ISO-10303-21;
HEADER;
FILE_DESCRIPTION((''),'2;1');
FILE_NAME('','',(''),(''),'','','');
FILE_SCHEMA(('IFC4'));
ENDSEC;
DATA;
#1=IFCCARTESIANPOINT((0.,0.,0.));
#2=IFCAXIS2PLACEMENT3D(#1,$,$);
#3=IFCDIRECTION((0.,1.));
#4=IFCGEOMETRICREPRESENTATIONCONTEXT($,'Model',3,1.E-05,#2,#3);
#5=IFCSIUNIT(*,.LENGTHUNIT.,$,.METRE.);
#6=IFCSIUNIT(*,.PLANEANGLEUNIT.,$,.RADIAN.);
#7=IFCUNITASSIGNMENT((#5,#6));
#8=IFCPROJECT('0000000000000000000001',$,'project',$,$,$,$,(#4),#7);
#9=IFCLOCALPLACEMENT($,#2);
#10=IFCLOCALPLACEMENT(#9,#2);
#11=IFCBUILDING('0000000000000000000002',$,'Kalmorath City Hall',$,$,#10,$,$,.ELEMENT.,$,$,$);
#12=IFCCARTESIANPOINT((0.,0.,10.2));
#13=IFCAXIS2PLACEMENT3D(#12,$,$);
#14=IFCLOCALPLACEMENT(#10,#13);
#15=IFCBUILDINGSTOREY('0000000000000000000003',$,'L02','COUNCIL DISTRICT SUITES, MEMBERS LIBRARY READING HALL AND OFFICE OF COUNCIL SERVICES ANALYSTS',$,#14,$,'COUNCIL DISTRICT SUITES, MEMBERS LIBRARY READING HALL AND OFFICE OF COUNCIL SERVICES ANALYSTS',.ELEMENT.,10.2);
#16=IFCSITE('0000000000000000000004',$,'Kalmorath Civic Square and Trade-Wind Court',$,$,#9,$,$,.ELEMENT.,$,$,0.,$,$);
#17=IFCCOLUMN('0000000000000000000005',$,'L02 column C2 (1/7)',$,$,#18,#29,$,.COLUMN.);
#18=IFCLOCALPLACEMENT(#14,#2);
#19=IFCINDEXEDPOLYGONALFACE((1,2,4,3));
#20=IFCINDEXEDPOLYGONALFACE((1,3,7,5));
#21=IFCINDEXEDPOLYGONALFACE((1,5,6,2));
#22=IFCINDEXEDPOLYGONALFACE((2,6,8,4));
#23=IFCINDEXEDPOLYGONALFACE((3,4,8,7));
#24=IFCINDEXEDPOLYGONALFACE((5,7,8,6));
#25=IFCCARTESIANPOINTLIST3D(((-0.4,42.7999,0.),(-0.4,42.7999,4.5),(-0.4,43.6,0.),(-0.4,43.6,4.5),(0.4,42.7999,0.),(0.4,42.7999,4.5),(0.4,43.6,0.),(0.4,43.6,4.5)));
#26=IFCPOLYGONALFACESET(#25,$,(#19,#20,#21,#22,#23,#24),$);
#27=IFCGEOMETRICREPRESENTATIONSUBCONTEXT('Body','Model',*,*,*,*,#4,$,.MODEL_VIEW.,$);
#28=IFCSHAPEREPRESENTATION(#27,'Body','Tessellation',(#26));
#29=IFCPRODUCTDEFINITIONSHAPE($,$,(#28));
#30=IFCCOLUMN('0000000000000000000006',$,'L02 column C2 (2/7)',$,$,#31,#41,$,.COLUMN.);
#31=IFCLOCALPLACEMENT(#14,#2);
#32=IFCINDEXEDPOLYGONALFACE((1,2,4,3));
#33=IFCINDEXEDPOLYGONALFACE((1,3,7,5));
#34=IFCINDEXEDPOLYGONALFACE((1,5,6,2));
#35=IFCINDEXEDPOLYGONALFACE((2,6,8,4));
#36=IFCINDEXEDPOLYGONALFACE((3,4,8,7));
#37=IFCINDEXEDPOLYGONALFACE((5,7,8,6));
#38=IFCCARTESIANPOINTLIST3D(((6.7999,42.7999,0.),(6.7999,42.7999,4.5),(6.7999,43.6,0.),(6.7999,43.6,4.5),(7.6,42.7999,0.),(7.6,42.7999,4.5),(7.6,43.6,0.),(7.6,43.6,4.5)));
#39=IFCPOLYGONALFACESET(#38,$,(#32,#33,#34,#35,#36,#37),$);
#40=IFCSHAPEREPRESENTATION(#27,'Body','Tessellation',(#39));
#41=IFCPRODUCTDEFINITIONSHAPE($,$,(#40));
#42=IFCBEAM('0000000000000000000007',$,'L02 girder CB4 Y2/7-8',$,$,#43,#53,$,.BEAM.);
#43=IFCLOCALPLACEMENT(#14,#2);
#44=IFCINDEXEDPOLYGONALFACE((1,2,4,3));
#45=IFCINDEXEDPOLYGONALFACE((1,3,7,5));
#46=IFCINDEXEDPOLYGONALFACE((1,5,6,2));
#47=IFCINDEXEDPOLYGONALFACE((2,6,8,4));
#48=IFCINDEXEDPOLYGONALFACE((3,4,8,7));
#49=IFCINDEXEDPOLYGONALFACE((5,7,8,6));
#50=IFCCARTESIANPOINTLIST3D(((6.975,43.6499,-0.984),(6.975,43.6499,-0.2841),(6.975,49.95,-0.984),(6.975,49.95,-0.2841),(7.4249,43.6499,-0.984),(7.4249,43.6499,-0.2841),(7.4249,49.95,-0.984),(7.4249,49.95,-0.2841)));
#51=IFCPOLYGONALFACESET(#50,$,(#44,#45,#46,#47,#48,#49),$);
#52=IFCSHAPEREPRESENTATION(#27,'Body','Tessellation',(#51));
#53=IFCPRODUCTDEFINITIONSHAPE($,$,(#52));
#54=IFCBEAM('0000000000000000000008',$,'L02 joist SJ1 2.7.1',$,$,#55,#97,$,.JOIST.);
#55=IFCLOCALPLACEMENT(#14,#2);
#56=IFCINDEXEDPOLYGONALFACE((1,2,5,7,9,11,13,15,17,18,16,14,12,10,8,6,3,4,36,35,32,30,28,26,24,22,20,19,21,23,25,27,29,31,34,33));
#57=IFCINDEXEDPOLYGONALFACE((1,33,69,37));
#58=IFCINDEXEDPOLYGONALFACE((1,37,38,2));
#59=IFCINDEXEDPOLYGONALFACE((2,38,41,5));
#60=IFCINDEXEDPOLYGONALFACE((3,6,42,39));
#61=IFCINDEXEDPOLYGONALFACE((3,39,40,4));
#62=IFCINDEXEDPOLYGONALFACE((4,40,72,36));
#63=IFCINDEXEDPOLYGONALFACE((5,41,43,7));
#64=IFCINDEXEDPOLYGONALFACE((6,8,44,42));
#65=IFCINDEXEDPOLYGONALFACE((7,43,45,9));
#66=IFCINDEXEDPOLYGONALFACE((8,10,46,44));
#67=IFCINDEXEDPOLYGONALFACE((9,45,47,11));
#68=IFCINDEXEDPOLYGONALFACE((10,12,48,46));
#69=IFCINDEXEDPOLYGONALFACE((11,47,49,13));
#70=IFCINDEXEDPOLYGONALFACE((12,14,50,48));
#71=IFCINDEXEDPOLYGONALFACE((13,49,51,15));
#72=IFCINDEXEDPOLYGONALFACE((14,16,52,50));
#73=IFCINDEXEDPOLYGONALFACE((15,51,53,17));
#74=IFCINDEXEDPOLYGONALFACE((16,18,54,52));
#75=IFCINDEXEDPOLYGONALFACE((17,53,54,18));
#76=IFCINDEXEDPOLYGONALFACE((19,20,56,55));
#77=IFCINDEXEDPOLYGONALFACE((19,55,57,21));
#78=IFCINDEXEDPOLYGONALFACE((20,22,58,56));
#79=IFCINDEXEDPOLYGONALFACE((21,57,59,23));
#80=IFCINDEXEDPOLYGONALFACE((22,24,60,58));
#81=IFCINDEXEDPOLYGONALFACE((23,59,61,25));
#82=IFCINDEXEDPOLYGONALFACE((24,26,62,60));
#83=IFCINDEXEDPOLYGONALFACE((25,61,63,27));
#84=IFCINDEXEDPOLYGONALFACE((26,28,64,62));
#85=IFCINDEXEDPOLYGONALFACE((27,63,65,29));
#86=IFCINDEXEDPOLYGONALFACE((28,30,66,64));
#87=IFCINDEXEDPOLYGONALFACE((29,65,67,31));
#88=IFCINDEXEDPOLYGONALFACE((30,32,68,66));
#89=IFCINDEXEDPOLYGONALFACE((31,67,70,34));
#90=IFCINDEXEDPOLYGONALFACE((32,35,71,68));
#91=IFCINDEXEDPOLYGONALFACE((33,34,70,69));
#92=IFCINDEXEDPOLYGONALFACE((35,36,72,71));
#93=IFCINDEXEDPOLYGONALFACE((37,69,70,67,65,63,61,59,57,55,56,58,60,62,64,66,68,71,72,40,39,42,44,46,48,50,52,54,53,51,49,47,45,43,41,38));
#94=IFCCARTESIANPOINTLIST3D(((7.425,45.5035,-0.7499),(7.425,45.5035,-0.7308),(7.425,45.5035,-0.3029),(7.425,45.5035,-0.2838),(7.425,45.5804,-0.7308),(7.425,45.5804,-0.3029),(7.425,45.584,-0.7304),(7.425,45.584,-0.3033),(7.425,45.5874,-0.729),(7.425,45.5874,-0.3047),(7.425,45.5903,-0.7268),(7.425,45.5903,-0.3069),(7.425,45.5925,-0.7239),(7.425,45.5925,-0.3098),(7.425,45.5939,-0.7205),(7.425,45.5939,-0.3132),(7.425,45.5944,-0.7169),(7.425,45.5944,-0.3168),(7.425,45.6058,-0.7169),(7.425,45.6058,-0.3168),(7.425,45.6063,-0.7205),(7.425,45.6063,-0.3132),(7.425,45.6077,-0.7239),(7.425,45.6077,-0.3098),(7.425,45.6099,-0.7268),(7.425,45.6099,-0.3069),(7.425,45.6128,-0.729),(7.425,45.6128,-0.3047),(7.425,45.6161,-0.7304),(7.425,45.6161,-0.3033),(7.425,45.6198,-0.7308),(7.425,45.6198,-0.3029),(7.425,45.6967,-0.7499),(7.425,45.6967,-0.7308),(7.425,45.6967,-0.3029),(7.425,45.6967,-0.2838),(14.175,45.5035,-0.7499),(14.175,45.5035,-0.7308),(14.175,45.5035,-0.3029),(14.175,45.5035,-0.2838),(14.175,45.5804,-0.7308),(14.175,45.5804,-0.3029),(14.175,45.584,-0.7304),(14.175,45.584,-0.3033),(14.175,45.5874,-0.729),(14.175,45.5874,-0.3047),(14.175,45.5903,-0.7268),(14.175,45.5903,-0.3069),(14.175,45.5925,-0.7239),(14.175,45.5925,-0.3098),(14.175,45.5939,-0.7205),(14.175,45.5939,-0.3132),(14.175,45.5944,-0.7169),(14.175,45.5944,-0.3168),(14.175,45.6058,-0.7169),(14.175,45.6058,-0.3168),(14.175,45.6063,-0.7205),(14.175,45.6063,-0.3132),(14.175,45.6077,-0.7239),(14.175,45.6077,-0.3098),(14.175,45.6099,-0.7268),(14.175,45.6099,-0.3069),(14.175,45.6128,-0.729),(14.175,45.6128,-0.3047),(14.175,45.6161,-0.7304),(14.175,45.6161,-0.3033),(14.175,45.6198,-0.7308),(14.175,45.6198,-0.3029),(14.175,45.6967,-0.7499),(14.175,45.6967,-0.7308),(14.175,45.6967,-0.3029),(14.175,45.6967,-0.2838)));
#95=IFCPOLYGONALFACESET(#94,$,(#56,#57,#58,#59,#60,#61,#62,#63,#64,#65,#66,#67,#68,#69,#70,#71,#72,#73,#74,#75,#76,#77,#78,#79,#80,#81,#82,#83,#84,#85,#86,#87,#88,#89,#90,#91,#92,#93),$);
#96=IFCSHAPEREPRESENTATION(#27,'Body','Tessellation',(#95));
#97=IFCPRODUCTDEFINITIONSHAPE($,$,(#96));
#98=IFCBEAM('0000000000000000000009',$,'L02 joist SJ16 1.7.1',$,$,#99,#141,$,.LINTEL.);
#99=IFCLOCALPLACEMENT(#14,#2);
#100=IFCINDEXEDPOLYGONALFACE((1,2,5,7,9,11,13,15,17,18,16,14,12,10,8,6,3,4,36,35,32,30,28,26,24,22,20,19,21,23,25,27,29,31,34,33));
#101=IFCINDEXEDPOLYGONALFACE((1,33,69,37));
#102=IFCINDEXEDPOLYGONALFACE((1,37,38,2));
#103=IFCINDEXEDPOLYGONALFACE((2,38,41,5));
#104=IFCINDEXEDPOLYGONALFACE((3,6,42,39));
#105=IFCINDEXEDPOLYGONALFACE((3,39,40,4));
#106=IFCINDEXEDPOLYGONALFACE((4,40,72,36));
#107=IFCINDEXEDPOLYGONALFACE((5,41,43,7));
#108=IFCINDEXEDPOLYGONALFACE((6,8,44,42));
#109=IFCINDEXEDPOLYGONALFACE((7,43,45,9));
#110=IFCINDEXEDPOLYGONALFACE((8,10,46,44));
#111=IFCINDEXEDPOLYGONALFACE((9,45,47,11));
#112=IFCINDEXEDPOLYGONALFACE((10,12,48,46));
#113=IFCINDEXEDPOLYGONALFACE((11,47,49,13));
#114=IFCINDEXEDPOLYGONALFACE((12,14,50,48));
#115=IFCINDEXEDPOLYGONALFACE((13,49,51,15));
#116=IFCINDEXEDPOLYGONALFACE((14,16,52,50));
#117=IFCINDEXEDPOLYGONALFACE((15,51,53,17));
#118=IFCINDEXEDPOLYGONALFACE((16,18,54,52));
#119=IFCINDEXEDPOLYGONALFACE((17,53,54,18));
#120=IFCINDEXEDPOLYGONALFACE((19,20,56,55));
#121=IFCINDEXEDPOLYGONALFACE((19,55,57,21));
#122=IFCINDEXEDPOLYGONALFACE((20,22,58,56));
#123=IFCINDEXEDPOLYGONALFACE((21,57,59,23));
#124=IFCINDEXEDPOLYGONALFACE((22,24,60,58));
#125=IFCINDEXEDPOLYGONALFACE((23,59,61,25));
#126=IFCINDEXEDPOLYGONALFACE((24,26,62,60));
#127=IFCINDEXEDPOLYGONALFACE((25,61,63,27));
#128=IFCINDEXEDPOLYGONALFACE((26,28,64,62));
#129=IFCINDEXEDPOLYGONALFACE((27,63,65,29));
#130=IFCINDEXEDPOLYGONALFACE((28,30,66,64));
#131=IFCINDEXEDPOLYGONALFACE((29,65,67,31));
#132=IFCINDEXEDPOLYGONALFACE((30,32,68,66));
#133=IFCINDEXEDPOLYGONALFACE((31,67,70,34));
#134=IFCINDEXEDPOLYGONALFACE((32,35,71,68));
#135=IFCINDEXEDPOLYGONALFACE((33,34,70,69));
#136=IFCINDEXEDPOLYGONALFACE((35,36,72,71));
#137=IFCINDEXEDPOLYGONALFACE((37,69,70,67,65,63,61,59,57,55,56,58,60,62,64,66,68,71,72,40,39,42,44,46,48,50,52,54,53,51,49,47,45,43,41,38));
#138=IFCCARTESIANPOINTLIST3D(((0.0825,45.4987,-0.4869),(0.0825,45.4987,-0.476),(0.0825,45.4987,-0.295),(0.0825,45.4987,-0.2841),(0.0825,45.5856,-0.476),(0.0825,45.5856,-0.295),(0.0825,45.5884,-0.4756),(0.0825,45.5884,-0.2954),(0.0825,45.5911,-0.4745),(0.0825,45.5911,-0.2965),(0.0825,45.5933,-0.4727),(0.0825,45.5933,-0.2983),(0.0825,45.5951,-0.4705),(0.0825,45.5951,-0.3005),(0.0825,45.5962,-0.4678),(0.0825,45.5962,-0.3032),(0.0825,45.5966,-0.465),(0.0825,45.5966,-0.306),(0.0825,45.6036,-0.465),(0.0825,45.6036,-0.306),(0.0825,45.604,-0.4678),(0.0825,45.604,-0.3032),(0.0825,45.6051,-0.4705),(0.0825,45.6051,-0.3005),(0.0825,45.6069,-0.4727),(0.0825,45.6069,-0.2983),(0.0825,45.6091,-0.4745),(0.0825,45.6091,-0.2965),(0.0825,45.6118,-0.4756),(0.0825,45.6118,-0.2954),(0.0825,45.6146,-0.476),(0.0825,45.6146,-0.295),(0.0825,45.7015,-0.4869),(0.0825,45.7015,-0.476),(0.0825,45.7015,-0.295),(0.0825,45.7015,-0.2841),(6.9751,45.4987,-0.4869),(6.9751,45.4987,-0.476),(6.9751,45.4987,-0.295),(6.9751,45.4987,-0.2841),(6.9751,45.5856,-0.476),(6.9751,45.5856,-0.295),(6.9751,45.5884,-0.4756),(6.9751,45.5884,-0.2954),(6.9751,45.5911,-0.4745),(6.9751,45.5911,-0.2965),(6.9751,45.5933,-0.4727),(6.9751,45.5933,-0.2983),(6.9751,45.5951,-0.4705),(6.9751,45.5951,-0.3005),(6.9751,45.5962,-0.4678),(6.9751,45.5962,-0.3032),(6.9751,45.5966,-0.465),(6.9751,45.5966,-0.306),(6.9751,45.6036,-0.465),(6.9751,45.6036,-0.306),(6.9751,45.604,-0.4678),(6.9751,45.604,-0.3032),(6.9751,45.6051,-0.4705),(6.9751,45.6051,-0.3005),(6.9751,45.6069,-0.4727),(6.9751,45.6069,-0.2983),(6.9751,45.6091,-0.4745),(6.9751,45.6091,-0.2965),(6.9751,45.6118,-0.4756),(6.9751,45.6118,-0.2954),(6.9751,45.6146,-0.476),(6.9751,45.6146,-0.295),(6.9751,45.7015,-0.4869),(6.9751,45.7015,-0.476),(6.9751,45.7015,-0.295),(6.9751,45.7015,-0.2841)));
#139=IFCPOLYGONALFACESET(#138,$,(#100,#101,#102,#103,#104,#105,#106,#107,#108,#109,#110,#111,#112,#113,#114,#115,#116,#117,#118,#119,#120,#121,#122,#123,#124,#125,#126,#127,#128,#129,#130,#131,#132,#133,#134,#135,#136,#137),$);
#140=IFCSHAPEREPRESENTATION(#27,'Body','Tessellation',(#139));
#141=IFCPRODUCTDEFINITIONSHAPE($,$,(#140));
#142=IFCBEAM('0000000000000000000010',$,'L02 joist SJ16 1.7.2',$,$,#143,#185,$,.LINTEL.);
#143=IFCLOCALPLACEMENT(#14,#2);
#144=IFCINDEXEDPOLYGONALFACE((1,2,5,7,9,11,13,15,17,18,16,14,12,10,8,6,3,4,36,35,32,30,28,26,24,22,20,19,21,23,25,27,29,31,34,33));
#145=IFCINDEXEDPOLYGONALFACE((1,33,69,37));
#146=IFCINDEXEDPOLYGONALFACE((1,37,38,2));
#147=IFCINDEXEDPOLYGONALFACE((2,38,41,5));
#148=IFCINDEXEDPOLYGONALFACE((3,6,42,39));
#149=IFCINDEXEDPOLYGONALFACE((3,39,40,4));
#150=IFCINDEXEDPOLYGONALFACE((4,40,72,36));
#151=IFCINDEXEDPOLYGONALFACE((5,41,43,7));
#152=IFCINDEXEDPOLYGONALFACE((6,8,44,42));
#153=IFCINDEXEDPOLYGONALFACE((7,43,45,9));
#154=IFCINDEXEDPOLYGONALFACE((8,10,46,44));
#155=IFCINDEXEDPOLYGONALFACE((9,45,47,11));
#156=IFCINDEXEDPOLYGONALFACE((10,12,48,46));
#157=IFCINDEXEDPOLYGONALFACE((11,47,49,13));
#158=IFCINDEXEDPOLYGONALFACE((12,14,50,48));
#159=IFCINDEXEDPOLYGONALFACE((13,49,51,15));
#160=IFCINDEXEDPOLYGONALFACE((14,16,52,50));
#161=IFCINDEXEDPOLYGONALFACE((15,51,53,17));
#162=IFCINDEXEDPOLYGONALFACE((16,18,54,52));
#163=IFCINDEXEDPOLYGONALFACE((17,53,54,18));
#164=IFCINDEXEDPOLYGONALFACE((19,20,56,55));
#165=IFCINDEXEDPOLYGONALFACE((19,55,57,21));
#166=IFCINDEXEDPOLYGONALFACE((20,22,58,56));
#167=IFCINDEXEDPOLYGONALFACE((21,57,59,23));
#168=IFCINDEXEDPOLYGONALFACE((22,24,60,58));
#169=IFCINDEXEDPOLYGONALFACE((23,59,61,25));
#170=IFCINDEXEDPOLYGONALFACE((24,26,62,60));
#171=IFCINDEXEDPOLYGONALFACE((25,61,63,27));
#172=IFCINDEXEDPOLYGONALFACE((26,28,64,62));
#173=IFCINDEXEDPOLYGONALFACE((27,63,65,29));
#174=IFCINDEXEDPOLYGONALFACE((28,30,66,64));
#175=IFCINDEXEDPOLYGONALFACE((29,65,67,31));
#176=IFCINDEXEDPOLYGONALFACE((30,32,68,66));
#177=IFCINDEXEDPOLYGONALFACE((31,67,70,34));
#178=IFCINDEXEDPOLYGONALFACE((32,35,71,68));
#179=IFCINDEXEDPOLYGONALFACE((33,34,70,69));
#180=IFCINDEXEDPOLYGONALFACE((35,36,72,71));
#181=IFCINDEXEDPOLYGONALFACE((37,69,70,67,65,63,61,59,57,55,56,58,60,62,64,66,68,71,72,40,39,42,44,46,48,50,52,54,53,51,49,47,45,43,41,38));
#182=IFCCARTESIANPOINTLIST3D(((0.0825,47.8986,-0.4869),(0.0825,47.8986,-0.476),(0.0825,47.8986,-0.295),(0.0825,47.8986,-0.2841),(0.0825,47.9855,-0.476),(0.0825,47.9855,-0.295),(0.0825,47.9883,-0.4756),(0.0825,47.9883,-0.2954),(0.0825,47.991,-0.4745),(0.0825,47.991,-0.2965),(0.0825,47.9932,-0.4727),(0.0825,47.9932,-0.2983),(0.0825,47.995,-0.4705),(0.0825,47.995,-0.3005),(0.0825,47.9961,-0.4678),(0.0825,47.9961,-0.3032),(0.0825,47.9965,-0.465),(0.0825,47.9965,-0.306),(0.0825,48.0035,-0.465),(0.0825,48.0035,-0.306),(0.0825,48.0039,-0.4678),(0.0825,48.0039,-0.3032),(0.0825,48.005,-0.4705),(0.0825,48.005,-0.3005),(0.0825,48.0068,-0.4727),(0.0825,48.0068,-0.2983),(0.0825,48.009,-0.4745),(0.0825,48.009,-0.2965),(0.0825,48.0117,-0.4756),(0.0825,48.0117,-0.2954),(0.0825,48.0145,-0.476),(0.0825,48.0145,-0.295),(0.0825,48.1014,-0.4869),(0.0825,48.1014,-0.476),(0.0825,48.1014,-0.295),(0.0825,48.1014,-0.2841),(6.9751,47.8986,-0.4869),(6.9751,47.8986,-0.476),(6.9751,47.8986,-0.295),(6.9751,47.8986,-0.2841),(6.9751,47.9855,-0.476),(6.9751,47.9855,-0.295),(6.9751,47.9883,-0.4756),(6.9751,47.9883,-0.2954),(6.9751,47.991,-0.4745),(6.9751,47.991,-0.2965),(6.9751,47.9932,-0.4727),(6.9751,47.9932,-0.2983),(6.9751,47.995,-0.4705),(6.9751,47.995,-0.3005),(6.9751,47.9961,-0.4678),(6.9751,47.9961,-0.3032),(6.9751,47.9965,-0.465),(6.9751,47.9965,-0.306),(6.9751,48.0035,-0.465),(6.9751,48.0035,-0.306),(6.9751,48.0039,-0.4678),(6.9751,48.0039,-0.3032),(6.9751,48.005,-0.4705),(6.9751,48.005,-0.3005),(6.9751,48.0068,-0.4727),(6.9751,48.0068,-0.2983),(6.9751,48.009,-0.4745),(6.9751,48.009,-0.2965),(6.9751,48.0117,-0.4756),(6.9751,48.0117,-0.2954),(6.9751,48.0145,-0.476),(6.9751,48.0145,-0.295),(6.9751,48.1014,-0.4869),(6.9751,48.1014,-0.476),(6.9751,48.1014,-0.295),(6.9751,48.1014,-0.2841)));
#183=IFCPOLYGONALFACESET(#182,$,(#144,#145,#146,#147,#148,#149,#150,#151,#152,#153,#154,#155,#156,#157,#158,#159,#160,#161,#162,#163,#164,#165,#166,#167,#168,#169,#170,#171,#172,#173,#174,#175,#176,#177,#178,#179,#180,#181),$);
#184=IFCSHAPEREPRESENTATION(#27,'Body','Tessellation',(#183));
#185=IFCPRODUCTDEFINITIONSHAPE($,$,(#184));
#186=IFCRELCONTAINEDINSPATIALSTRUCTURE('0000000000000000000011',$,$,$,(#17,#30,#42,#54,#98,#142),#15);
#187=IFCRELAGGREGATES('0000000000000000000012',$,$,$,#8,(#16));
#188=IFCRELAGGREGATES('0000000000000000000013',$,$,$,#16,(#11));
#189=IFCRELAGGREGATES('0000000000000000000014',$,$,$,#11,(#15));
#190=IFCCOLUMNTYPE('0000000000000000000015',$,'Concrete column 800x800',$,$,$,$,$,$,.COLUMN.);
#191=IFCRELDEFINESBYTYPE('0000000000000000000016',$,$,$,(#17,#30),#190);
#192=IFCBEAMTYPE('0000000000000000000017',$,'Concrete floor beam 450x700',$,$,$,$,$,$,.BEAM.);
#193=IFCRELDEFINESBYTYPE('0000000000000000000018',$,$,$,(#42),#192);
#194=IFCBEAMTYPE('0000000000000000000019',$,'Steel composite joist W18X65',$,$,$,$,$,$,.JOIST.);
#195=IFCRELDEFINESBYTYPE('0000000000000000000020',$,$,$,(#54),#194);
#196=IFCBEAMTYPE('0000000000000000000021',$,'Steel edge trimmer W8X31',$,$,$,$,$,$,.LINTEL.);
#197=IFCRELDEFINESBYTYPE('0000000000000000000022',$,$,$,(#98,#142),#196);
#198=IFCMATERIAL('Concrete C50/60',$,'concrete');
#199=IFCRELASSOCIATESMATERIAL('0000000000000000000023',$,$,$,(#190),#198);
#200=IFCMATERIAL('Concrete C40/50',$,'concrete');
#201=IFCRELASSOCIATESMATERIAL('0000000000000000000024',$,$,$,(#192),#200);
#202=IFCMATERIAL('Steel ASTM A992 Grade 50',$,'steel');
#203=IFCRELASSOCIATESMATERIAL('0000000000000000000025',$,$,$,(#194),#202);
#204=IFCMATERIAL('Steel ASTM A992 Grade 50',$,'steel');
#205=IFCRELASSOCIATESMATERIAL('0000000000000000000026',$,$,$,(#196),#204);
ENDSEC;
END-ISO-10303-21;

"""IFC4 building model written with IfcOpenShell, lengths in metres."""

from ifc_helpers import new_model, si_unit, direction, frame, origin, origin_2d, place, context, subcontext, project, spatial, rectangle, i_section, extrude, material, material_profile, profile_set, type_object, element, save


model = new_model("IFC4")

# Units and contexts
model_context = context("Model", 3, precision=1e-05, world=origin(), true_north=direction((0.0, 1.0)))
body_context = subcontext(model_context, "Body", "Model", "MODEL_VIEW")
ifc_project = project(units=[si_unit("LENGTHUNIT", "METRE"), si_unit("PLANEANGLEUNIT", "RADIAN")], contexts=[model_context])

# Site, building, storey
site_placement = place(None, origin())
site = spatial("IfcSite", under=ifc_project, at=site_placement, Name="Kalmorath Civic Square and Trade-Wind Court", CompositionType="ELEMENT", RefElevation=0.0)
building_placement = place(site_placement, origin())
building = spatial("IfcBuilding", under=site, at=building_placement, Name="Kalmorath City Hall", CompositionType="ELEMENT")
storey_placement = place(building_placement, frame((0.0, 0.0, 10.2)))
storey = spatial("IfcBuildingStorey", under=building, at=storey_placement, Name="L02", Description="COUNCIL DISTRICT SUITES, MEMBERS LIBRARY READING HALL AND OFFICE OF COUNCIL SERVICES ANALYSTS", LongName="COUNCIL DISTRICT SUITES, MEMBERS LIBRARY READING HALL AND OFFICE OF COUNCIL SERVICES ANALYSTS", CompositionType="ELEMENT", Elevation=10.2)

# Columns
ifc_material_1 = material(Name="Concrete C50/60", Category="concrete")
ifc_material_profile_1 = material_profile(ifc_material_1, rectangle(XDim=0.8, YDim=0.8, at=origin_2d()), Name="RC-COL-800X800")
ifc_profile_set_1 = profile_set([ifc_material_profile_1], Name="Concrete C50/60")
column_type = type_object("IfcColumnType", Name="Concrete column 800x800", PredefinedType="COLUMN", material=ifc_profile_set_1)
for number, where, z_axis, x_axis, name in (
    (1, (0.0, 43.2, 0.0), (0.0, 0.0, 1.0), (1.0, 0.0, 0.0), "L02 column C2 (1/7)"),
    (2, (7.2, 43.2, 0.0), (0.0, 0.0, 1.0), (1.0, 0.0, 0.0), "L02 column C2 (2/7)"),
):
    element("IfcColumn", number, at=place(storey_placement, frame(where, z_axis=z_axis, x_axis=x_axis)), inside=storey, type_object=column_type, Name=name, PredefinedType="COLUMN", context=body_context, shape_type="SweptSolid", body=[
        extrude(rectangle(XDim=0.8, YDim=0.8, at=origin_2d()), origin(), (0.0, 0.0, 1.0), 4.5),
    ])

# Beams
ifc_material_2 = material(Name="Concrete C40/50", Category="concrete")
ifc_material_profile_2 = material_profile(ifc_material_2, rectangle(XDim=0.45, YDim=0.7, at=origin_2d()), Name="RC-BM-450X700")
ifc_profile_set_2 = profile_set([ifc_material_profile_2], Name="Concrete C40/50")
beam_type_1 = type_object("IfcBeamType", Name="Concrete floor beam 450x700", PredefinedType="BEAM", material=ifc_profile_set_2)
beam_1_placement = place(storey_placement, frame((7.2, 43.6499, -0.634), z_axis=(0.0, 1.0, 0.0), x_axis=(-1.0, 0.0, 0.0)))
element("IfcBeam", 3, at=beam_1_placement, inside=storey, type_object=beam_type_1, Name="L02 girder CB4 Y2/7-8", PredefinedType="BEAM", context=body_context, shape_type="SweptSolid", body=[
    extrude(rectangle(XDim=0.45, YDim=0.7, at=origin_2d()), origin(), (0.0, 0.0, 1.0), 6.3),
])
ifc_material_3 = material(Name="Steel ASTM A992 Grade 50", Category="steel")
ifc_material_profile_3 = material_profile(ifc_material_3, i_section(OverallWidth=0.1931, OverallDepth=0.4661, WebThickness=0.0115, FlangeThickness=0.019, FilletRadius=0.0139, at=origin_2d()), Name="W18X65")
ifc_profile_set_3 = profile_set([ifc_material_profile_3], Name="Steel ASTM A992 Grade 50")
beam_type_2 = type_object("IfcBeamType", Name="Steel composite joist W18X65", PredefinedType="JOIST", material=ifc_profile_set_3)
beam_2_placement = place(storey_placement, frame((7.425, 45.6001, -0.5168), z_axis=(1.0, 0.0, 0.0), x_axis=(0.0, 1.0, 0.0)))
element("IfcBeam", 4, at=beam_2_placement, inside=storey, type_object=beam_type_2, Name="L02 joist SJ1 2.7.1", PredefinedType="JOIST", context=body_context, shape_type="SweptSolid", body=[
    extrude(i_section(OverallWidth=0.1931, OverallDepth=0.4661, WebThickness=0.0115, FlangeThickness=0.019, FilletRadius=0.0139, at=origin_2d()), origin(), (0.0, 0.0, 1.0), 6.75),
])
ifc_material_4 = material(Name="Steel ASTM A992 Grade 50", Category="steel")
ifc_material_profile_4 = material_profile(ifc_material_4, i_section(OverallWidth=0.2029, OverallDepth=0.2029, WebThickness=0.0071, FlangeThickness=0.011, FilletRadius=0.011, at=origin_2d()), Name="W8X31")
ifc_profile_set_4 = profile_set([ifc_material_profile_4], Name="Steel ASTM A992 Grade 50")
beam_type_3 = type_object("IfcBeamType", Name="Steel edge trimmer W8X31", PredefinedType="LINTEL", material=ifc_profile_set_4)
for number, where, z_axis, x_axis, name in (
    (5, (0.0825, 45.6001, -0.3855), (1.0, 0.0, 0.0), (0.0, 1.0, 0.0), "L02 joist SJ16 1.7.1"),
    (6, (0.0825, 48.0, -0.3855), (1.0, 0.0, 0.0), (0.0, 1.0, 0.0), "L02 joist SJ16 1.7.2"),
):
    element("IfcBeam", number, at=place(storey_placement, frame(where, z_axis=z_axis, x_axis=x_axis)), inside=storey, type_object=beam_type_3, Name=name, PredefinedType="LINTEL", context=body_context, shape_type="SweptSolid", body=[
        extrude(i_section(OverallWidth=0.2029, OverallDepth=0.2029, WebThickness=0.0071, FlangeThickness=0.011, FilletRadius=0.011, at=origin_2d()), origin(), (0.0, 0.0, 1.0), 6.8926),
    ])

save(model, "model.ifc")
